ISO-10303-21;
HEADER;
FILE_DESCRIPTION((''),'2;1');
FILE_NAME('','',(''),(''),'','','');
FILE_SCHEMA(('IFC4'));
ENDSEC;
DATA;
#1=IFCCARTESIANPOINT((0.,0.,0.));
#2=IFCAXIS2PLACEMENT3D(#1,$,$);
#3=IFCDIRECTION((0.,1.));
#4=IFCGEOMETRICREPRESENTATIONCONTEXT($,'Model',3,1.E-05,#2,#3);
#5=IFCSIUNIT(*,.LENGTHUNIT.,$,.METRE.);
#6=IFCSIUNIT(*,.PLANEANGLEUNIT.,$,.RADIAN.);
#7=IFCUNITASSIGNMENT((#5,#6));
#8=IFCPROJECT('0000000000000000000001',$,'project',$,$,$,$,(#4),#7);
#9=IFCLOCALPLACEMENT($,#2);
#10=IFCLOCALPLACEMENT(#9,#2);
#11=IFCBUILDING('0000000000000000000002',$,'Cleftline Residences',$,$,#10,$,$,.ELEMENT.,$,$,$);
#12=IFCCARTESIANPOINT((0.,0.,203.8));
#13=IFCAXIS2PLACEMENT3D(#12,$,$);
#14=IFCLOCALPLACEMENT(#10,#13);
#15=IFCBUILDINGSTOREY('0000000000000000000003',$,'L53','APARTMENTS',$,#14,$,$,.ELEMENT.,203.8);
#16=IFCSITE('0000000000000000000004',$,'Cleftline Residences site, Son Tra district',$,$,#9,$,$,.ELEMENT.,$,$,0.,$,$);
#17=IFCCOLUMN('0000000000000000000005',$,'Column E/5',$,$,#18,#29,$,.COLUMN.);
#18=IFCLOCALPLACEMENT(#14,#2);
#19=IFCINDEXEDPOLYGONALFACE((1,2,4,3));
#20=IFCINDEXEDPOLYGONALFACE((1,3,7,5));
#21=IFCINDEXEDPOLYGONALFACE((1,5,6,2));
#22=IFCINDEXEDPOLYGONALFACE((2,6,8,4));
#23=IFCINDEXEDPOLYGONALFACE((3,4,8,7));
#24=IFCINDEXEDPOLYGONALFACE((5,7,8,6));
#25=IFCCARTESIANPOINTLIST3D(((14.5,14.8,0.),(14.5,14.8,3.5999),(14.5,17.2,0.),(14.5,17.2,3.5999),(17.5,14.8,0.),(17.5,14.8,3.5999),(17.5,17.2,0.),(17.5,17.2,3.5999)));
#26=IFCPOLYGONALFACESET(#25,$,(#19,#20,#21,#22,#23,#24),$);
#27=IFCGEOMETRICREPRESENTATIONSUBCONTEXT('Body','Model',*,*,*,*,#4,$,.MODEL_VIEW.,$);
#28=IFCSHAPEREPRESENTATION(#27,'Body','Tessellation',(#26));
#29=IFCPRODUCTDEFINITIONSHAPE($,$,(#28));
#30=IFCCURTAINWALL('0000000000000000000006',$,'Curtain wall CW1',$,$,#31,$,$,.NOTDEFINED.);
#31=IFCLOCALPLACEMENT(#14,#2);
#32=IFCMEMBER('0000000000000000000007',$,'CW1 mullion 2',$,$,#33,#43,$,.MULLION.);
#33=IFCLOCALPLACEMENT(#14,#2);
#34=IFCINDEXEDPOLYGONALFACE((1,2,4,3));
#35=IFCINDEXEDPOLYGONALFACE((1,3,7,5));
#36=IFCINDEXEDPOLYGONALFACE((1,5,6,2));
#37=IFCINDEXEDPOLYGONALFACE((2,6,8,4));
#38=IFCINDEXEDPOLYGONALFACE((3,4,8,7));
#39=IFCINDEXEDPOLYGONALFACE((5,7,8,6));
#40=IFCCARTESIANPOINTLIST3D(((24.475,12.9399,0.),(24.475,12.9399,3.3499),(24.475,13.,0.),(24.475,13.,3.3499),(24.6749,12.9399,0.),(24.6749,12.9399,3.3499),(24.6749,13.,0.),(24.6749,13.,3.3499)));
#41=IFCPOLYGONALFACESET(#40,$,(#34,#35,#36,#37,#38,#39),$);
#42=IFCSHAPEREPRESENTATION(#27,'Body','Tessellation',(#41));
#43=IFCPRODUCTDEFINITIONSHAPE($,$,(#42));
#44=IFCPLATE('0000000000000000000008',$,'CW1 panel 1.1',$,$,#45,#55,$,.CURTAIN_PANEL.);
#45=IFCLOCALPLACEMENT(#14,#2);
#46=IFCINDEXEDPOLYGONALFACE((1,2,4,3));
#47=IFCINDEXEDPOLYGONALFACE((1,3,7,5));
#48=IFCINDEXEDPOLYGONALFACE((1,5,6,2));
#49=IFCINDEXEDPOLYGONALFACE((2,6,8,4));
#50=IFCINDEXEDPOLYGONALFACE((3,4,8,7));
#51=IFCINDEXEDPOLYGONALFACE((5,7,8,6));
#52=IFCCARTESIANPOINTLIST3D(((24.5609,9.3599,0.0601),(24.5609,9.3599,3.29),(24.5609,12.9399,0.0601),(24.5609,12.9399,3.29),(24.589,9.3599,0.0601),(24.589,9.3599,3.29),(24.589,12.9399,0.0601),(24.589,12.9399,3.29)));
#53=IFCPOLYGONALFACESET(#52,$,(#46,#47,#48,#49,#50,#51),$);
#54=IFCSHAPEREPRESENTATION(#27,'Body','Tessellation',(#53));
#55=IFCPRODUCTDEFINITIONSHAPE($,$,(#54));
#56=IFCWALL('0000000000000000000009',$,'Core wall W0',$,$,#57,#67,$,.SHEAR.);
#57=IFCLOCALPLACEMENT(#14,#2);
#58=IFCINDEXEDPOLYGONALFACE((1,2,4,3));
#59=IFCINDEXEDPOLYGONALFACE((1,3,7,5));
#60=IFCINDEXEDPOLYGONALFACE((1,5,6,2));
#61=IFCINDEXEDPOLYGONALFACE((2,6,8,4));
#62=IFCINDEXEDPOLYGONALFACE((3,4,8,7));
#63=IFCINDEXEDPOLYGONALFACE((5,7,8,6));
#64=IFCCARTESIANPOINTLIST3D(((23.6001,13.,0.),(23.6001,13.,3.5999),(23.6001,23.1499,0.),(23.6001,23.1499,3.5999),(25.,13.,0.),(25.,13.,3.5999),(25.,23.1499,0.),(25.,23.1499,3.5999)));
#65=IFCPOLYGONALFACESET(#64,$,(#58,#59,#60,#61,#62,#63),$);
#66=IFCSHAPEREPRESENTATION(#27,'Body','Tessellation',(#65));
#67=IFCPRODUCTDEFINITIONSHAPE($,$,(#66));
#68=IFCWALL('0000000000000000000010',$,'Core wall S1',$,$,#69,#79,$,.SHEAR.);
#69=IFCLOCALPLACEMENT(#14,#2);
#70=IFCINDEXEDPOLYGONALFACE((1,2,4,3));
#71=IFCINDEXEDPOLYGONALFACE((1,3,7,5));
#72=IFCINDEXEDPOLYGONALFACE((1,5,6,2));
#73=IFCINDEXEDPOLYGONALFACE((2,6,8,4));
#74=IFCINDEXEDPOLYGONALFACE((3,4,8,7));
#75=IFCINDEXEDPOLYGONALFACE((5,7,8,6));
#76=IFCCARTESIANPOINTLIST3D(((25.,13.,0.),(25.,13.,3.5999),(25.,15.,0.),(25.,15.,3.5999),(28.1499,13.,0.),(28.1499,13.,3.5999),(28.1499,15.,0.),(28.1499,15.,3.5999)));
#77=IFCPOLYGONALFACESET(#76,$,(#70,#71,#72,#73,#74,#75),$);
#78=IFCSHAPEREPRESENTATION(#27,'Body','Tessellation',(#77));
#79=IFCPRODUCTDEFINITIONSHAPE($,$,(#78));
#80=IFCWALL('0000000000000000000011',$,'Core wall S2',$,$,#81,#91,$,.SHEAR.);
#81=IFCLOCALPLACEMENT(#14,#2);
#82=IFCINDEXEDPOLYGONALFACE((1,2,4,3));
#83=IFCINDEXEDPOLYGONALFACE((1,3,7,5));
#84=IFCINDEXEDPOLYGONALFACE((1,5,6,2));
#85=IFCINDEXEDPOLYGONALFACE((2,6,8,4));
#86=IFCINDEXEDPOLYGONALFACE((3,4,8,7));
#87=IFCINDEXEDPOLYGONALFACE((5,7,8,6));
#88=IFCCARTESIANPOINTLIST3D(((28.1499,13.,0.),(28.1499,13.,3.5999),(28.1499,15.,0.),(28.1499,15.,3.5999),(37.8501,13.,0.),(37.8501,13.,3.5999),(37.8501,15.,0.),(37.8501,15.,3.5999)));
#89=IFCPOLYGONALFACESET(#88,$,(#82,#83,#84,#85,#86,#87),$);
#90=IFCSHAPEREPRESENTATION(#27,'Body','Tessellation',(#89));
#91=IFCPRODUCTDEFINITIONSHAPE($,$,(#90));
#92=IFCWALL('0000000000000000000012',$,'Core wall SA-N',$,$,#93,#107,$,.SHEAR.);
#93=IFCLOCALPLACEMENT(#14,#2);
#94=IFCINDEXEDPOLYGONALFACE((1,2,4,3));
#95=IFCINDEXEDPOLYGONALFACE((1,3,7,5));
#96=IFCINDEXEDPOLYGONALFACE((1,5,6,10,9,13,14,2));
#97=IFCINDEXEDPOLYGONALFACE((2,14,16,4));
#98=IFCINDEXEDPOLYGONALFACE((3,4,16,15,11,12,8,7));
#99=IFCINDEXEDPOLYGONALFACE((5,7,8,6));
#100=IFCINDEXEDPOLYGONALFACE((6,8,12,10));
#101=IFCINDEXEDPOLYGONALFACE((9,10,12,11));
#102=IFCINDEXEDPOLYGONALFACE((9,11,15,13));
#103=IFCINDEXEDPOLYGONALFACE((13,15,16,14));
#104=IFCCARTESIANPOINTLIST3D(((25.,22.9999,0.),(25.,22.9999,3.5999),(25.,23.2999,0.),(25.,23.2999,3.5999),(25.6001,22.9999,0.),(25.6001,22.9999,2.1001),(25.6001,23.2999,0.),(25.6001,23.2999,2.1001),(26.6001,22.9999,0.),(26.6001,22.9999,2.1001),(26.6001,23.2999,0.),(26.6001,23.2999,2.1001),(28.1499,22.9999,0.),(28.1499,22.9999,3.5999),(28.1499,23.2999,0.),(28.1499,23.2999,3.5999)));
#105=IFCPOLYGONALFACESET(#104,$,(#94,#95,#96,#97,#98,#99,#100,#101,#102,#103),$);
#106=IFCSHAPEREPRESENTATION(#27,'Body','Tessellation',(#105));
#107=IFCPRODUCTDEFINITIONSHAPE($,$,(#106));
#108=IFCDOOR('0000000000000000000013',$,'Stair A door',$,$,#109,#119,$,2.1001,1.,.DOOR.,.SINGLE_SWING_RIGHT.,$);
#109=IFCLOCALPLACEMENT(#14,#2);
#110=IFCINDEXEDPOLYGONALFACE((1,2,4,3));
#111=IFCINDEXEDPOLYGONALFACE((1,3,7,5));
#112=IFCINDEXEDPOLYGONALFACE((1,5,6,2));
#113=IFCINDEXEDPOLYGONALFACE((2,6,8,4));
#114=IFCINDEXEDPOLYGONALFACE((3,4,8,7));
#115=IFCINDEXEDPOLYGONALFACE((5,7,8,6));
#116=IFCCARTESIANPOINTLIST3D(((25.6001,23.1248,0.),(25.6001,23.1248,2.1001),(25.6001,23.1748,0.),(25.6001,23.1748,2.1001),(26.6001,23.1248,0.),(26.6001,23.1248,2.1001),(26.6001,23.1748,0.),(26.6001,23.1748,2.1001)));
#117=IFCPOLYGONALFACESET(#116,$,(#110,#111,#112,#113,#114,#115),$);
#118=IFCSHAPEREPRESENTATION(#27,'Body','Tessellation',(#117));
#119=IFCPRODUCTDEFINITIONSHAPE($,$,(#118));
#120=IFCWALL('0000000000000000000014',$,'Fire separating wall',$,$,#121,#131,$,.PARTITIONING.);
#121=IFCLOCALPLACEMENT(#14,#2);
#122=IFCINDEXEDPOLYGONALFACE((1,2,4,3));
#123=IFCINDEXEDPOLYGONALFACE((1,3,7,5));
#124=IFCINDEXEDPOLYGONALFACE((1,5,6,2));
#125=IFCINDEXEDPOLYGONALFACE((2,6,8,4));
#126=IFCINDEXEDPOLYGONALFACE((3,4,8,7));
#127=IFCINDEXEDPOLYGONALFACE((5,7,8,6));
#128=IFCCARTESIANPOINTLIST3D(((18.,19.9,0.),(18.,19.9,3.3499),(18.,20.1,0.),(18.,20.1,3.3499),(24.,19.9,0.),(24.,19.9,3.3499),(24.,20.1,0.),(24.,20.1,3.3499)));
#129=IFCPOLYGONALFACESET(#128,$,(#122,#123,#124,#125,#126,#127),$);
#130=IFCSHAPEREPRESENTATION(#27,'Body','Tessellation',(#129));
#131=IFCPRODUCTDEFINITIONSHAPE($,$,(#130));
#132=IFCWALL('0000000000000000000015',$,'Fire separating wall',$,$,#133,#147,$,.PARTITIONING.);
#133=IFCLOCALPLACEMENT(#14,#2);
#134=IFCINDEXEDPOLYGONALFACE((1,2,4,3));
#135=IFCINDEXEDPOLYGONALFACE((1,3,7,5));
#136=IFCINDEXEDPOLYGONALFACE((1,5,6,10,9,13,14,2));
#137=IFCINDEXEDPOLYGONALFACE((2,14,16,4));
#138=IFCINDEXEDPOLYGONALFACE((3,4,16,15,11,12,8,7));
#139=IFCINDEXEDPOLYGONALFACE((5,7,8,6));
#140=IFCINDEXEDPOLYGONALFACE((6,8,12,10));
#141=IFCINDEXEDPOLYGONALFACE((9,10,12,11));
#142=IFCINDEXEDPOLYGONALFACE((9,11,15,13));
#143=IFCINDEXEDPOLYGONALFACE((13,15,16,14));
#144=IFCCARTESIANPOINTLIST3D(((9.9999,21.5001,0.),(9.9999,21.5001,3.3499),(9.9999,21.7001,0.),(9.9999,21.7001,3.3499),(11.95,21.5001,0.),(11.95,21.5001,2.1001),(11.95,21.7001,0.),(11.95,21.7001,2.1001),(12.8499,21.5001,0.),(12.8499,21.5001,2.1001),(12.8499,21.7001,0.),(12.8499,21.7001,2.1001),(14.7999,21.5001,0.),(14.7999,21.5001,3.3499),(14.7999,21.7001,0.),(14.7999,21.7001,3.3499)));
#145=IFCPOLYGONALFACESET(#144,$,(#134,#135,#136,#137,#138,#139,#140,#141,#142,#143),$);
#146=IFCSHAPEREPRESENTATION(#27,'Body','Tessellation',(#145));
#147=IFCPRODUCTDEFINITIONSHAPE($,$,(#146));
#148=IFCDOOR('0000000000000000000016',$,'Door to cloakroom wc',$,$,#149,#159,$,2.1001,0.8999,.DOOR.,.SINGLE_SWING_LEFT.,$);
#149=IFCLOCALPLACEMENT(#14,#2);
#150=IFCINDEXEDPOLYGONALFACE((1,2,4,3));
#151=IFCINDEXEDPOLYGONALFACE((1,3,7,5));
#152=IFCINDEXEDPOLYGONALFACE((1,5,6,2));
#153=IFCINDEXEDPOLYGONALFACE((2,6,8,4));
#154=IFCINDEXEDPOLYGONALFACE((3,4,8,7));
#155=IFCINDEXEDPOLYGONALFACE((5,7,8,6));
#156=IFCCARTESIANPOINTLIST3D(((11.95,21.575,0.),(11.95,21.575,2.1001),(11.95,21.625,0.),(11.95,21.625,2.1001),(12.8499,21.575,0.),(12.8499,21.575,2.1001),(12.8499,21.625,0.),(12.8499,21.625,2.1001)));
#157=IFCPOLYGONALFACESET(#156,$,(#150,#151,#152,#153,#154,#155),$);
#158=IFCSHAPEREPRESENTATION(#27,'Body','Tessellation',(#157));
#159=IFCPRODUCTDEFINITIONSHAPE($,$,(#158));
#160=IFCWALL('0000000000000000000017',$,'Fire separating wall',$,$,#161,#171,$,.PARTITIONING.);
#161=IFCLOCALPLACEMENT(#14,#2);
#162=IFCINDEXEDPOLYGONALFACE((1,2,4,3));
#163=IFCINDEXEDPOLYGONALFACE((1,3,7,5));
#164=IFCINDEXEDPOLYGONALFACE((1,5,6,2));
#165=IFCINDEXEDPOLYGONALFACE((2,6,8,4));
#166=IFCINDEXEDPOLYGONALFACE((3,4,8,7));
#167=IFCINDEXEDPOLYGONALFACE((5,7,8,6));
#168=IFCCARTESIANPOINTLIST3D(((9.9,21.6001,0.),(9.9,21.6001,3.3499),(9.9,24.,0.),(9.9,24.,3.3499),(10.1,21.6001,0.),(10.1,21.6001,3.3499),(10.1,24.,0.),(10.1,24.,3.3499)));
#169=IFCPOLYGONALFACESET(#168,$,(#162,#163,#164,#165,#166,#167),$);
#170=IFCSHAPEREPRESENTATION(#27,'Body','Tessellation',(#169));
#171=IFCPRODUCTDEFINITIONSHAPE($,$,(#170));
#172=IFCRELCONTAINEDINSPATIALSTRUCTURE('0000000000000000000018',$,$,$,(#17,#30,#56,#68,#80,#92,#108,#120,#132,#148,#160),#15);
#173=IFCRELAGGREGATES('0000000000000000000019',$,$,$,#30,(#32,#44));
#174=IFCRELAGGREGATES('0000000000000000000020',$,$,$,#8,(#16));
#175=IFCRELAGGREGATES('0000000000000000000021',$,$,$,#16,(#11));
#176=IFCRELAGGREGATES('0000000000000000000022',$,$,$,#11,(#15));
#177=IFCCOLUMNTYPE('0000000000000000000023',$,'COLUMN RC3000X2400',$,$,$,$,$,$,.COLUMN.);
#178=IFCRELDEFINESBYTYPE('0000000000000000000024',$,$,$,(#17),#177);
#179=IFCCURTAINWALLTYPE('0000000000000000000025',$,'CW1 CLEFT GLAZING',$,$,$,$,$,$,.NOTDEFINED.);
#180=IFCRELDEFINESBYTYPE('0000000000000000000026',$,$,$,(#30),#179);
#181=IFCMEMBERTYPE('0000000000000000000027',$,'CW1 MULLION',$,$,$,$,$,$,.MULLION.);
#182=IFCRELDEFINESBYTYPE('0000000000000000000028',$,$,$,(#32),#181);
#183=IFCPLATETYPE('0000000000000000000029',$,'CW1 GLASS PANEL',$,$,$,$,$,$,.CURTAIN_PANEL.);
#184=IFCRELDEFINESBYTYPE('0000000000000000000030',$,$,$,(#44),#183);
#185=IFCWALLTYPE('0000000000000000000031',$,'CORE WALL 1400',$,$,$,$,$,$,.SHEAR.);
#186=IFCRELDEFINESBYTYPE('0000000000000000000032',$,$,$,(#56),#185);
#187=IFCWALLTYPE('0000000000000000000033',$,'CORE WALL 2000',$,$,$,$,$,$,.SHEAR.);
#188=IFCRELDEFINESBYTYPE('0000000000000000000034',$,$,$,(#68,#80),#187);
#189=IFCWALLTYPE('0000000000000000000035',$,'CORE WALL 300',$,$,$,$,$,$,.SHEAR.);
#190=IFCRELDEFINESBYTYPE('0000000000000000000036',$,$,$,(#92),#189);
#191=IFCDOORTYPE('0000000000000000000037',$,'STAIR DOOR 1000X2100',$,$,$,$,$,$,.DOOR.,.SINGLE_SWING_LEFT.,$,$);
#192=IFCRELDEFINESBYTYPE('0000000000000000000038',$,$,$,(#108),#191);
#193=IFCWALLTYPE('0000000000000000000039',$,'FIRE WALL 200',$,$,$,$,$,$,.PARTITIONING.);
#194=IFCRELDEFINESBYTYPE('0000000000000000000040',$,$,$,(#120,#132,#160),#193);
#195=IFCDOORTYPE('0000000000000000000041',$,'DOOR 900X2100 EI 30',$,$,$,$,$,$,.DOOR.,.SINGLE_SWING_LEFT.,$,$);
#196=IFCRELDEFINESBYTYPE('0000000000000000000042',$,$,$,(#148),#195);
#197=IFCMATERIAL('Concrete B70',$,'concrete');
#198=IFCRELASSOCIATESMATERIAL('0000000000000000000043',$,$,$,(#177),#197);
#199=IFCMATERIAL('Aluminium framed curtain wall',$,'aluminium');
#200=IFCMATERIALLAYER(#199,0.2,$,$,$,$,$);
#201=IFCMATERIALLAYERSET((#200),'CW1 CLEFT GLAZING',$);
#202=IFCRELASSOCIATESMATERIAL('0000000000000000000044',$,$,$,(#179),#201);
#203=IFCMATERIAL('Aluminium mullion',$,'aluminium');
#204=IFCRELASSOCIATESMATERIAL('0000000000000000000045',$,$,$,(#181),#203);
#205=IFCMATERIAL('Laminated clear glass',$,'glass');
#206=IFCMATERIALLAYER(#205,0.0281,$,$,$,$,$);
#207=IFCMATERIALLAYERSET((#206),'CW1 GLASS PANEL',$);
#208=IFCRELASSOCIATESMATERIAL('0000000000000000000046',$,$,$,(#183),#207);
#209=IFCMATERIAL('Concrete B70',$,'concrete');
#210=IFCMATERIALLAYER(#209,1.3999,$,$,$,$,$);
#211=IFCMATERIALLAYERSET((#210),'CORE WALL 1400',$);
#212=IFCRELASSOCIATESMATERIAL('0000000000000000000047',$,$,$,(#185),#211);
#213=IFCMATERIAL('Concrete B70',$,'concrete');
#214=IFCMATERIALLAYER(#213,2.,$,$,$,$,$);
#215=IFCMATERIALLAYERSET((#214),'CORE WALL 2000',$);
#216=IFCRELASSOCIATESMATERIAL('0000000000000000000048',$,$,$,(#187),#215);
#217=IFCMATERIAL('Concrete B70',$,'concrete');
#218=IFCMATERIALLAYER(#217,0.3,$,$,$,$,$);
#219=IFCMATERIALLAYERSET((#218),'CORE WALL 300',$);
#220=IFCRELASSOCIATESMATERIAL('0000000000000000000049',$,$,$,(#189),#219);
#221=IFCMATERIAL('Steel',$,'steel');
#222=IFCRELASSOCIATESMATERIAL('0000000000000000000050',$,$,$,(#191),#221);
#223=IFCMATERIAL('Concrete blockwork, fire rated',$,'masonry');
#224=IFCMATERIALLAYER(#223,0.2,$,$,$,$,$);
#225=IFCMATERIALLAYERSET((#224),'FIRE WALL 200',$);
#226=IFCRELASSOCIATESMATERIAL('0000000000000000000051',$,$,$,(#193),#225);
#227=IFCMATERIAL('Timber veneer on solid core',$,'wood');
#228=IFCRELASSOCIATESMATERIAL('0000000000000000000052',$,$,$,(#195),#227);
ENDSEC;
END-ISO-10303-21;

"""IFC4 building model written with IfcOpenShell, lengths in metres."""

from ifc_helpers import new_model, si_unit, direction, frame, frame_2d, origin, origin_2d, place, context, subcontext, project, spatial, rectangle, extrude, material, layer, layer_set, material_profile, profile_set, type_object, element, fill, aggregate, save


model = new_model("IFC4")

# Units and contexts
model_context = context("Model", 3, precision=1e-05, world=origin(), true_north=direction((0.0, 1.0)))
body_context = subcontext(model_context, "Body", "Model", "MODEL_VIEW")
ifc_project = project(units=[si_unit("LENGTHUNIT", "METRE"), si_unit("PLANEANGLEUNIT", "RADIAN")], contexts=[model_context])

# Site, building, storey
site_placement = place(None, origin())
site = spatial("IfcSite", under=ifc_project, at=site_placement, Name="Cleftline Residences site, Son Tra district", CompositionType="ELEMENT", RefElevation=0.0)
building_placement = place(site_placement, origin())
building = spatial("IfcBuilding", under=site, at=building_placement, Name="Cleftline Residences", CompositionType="ELEMENT")
storey_placement = place(building_placement, frame((0.0, 0.0, 203.8)))
storey = spatial("IfcBuildingStorey", under=building, at=storey_placement, Name="L53", Description="APARTMENTS", CompositionType="ELEMENT", Elevation=203.8)

# Column
ifc_material_1 = material(Name="Concrete B70", Category="concrete")
ifc_material_profile_1 = material_profile(ifc_material_1, rectangle(XDim=3.0, YDim=2.3999, at=origin_2d()))
ifc_profile_set_1 = profile_set([ifc_material_profile_1], Name="Concrete B70")
column_type = type_object("IfcColumnType", Name="COLUMN RC3000X2400", PredefinedType="COLUMN", material=ifc_profile_set_1)
column_placement = place(storey_placement, frame((16.0, 16.0, 0.0), z_axis=(0.0, 0.0, 1.0), x_axis=(1.0, 0.0, 0.0)))
element("IfcColumn", 1, at=column_placement, inside=storey, type_object=column_type, Name="Column E/5", PredefinedType="COLUMN", context=body_context, shape_type="SweptSolid", body=[
    extrude(rectangle(XDim=3.0, YDim=2.3999, at=origin_2d()), origin(), (0.0, 0.0, 1.0), 3.5999),
])

# Curtain wall, member, plate
ifc_material_2 = material(Name="Aluminium framed curtain wall", Category="aluminium")
ifc_layer_1 = layer(ifc_material_2, 0.2)
ifc_layer_set_1 = layer_set([ifc_layer_1], Name="CW1 CLEFT GLAZING")
curtain_wall_type = type_object("IfcCurtainWallType", Name="CW1 CLEFT GLAZING", PredefinedType="NOTDEFINED", material=ifc_layer_set_1)
curtain_wall_placement = place(storey_placement, origin())
curtain_wall = element("IfcCurtainWall", 2, at=curtain_wall_placement, inside=storey, type_object=curtain_wall_type, Name="Curtain wall CW1", PredefinedType="NOTDEFINED")
ifc_material_3 = material(Name="Aluminium mullion", Category="aluminium")
ifc_material_profile_2 = material_profile(ifc_material_3, rectangle(XDim=0.2, YDim=0.0601, at=origin_2d()))
ifc_profile_set_2 = profile_set([ifc_material_profile_2], Name="Aluminium mullion")
member_type = type_object("IfcMemberType", Name="CW1 MULLION", PredefinedType="MULLION", material=ifc_profile_set_2)
member_placement = place(storey_placement, frame((24.575, 12.97, 0.0), z_axis=(0.0, 0.0, 1.0), x_axis=(-1.0, 0.0, 0.0)))
member = element("IfcMember", 3, at=member_placement, type_object=member_type, Name="CW1 mullion 2", PredefinedType="MULLION", context=body_context, shape_type="SweptSolid", body=[
    extrude(rectangle(XDim=0.2, YDim=0.0601, at=origin_2d()), origin(), (0.0, 0.0, 1.0), 3.3499),
])
ifc_material_4 = material(Name="Laminated clear glass", Category="glass")
ifc_layer_2 = layer(ifc_material_4, 0.0281)
ifc_layer_set_2 = layer_set([ifc_layer_2], Name="CW1 GLASS PANEL")
plate_type = type_object("IfcPlateType", Name="CW1 GLASS PANEL", PredefinedType="CURTAIN_PANEL", material=ifc_layer_set_2)
plate_placement = place(storey_placement, frame((24.575, 11.1499, 0.0601), z_axis=(0.0, 0.0, 1.0), x_axis=(0.0, 1.0, 0.0)))
plate = element("IfcPlate", 4, at=plate_placement, type_object=plate_type, Name="CW1 panel 1.1", PredefinedType="CURTAIN_PANEL", context=body_context, shape_type="SweptSolid", body=[
    extrude(rectangle(XDim=3.5801, YDim=0.0281, at=origin_2d()), origin(), (0.0, 0.0, 1.0), 3.23),
])
aggregate(curtain_wall, [member, plate])

# Wall
ifc_material_5 = material(Name="Concrete B70", Category="concrete")
ifc_layer_3 = layer(ifc_material_5, 1.3999)
ifc_layer_set_3 = layer_set([ifc_layer_3], Name="CORE WALL 1400")
wall_type_1 = type_object("IfcWallType", Name="CORE WALL 1400", PredefinedType="SHEAR", material=ifc_layer_set_3)
wall_1_placement = place(storey_placement, frame((24.3, 13.0, 0.0), z_axis=(0.0, 0.0, 1.0), x_axis=(0.0, 1.0, 0.0)))
element("IfcWall", 5, at=wall_1_placement, inside=storey, type_object=wall_type_1, Name="Core wall W0", PredefinedType="SHEAR", context=body_context, shape_type="SweptSolid", body=[
    extrude(rectangle(XDim=10.1499, YDim=1.3999, at=frame_2d((5.075, 0.0))), origin(), (0.0, 0.0, 1.0), 3.5999),
])

# Walls
ifc_material_6 = material(Name="Concrete B70", Category="concrete")
ifc_layer_4 = layer(ifc_material_6, 2.0)
ifc_layer_set_4 = layer_set([ifc_layer_4], Name="CORE WALL 2000")
wall_type_2 = type_object("IfcWallType", Name="CORE WALL 2000", PredefinedType="SHEAR", material=ifc_layer_set_4)
wall_2_placement = place(storey_placement, frame((25.0, 14.0, 0.0), z_axis=(0.0, 0.0, 1.0), x_axis=(1.0, 0.0, 0.0)))
element("IfcWall", 6, at=wall_2_placement, inside=storey, type_object=wall_type_2, Name="Core wall S1", PredefinedType="SHEAR", context=body_context, shape_type="SweptSolid", body=[
    extrude(rectangle(XDim=3.1499, YDim=2.0, at=frame_2d((1.575, 0.0))), origin(), (0.0, 0.0, 1.0), 3.5999),
])
wall_3_placement = place(storey_placement, frame((28.1499, 14.0, 0.0), z_axis=(0.0, 0.0, 1.0), x_axis=(1.0, 0.0, 0.0)))
element("IfcWall", 7, at=wall_3_placement, inside=storey, type_object=wall_type_2, Name="Core wall S2", PredefinedType="SHEAR", context=body_context, shape_type="SweptSolid", body=[
    extrude(rectangle(XDim=9.7002, YDim=2.0, at=frame_2d((4.8501, 0.0))), origin(), (0.0, 0.0, 1.0), 3.5999),
])

# Wall, opening, door
ifc_material_7 = material(Name="Concrete B70", Category="concrete")
ifc_layer_5 = layer(ifc_material_7, 0.3)
ifc_layer_set_5 = layer_set([ifc_layer_5], Name="CORE WALL 300")
wall_type_3 = type_object("IfcWallType", Name="CORE WALL 300", PredefinedType="SHEAR", material=ifc_layer_set_5)
wall_4_placement = place(storey_placement, frame((25.0, 23.1499, 0.0), z_axis=(0.0, 0.0, 1.0), x_axis=(1.0, 0.0, 0.0)))
wall_4 = element("IfcWall", 8, at=wall_4_placement, inside=storey, type_object=wall_type_3, Name="Core wall SA-N", PredefinedType="SHEAR", context=body_context, shape_type="SweptSolid", body=[
    extrude(rectangle(XDim=3.1499, YDim=0.3, at=frame_2d((1.575, 0.0))), origin(), (0.0, 0.0, 1.0), 3.5999),
])
opening_1_placement = place(wall_4_placement, frame((0.6001, 0.0, 0.0)))
opening_1 = element("IfcOpeningElement", 9, at=opening_1_placement, cuts=wall_4, PredefinedType="OPENING", context=body_context, shape_type="SweptSolid", body=[
    extrude(rectangle(XDim=1.0, YDim=2.1001, at=frame_2d((0.5, 1.05))), frame((0.0, 0.1599, 0.0), z_axis=(0.0, -1.0, 0.0), x_axis=(1.0, 0.0, 0.0)), (0.0, 0.0, 1.0), 0.3201),
])
ifc_material_8 = material(Name="Steel", Category="steel")
door_type_1 = type_object("IfcDoorType", Name="STAIR DOOR 1000X2100", OperationType="SINGLE_SWING_LEFT", PredefinedType="DOOR", material=ifc_material_8)
door_1_placement = place(opening_1_placement, origin())
door_1 = element("IfcDoor", 10, at=door_1_placement, inside=storey, type_object=door_type_1, Name="Stair A door", OperationType="SINGLE_SWING_RIGHT", OverallHeight=2.1001, OverallWidth=1.0, PredefinedType="DOOR", context=body_context, shape_type="SweptSolid", body=[
    extrude(rectangle(XDim=1.0, YDim=2.1001, at=frame_2d((0.5, 1.05))), frame((0.0, 0.0249, 0.0), z_axis=(0.0, -1.0, 0.0), x_axis=(1.0, 0.0, 0.0)), (0.0, 0.0, 1.0), 0.05),
])
fill(opening_1, door_1)

# Wall
ifc_material_9 = material(Name="Concrete blockwork, fire rated", Category="masonry")
ifc_layer_6 = layer(ifc_material_9, 0.2)
ifc_layer_set_6 = layer_set([ifc_layer_6], Name="FIRE WALL 200")
wall_type_4 = type_object("IfcWallType", Name="FIRE WALL 200", PredefinedType="PARTITIONING", material=ifc_layer_set_6)
wall_5_placement = place(storey_placement, frame((18.0, 20.0, 0.0), z_axis=(0.0, 0.0, 1.0), x_axis=(1.0, 0.0, 0.0)))
element("IfcWall", 11, at=wall_5_placement, inside=storey, type_object=wall_type_4, Name="Fire separating wall", PredefinedType="PARTITIONING", context=body_context, shape_type="SweptSolid", body=[
    extrude(rectangle(XDim=6.0, YDim=0.2, at=frame_2d((3.0, 0.0))), origin(), (0.0, 0.0, 1.0), 3.3499),
])

# Wall, opening, door
wall_6_placement = place(storey_placement, frame((10.0, 21.6001, 0.0), z_axis=(0.0, 0.0, 1.0), x_axis=(1.0, 0.0, 0.0)))
wall_6 = element("IfcWall", 12, at=wall_6_placement, inside=storey, type_object=wall_type_4, Name="Fire separating wall", PredefinedType="PARTITIONING", context=body_context, shape_type="SweptSolid", body=[
    extrude(rectangle(XDim=4.8, YDim=0.2, at=frame_2d((2.3999, 0.0))), origin(), (0.0, 0.0, 1.0), 3.3499),
])
opening_2_placement = place(wall_6_placement, frame((1.95, 0.0, 0.0)))
opening_2 = element("IfcOpeningElement", 13, at=opening_2_placement, cuts=wall_6, PredefinedType="OPENING", context=body_context, shape_type="SweptSolid", body=[
    extrude(rectangle(XDim=0.8999, YDim=2.1001, at=frame_2d((0.45, 1.05))), frame((0.0, 0.1099, 0.0), z_axis=(0.0, -1.0, 0.0), x_axis=(1.0, 0.0, 0.0)), (0.0, 0.0, 1.0), 0.22),
])
ifc_material_10 = material(Name="Timber veneer on solid core", Category="wood")
door_type_2 = type_object("IfcDoorType", Name="DOOR 900X2100 EI 30", OperationType="SINGLE_SWING_LEFT", PredefinedType="DOOR", material=ifc_material_10)
door_2_placement = place(opening_2_placement, origin())
door_2 = element("IfcDoor", 14, at=door_2_placement, inside=storey, type_object=door_type_2, Name="Door to cloakroom wc", OperationType="SINGLE_SWING_LEFT", OverallHeight=2.1001, OverallWidth=0.8999, PredefinedType="DOOR", context=body_context, shape_type="SweptSolid", body=[
    extrude(rectangle(XDim=0.8999, YDim=2.1001, at=frame_2d((0.45, 1.05))), frame((0.0, 0.0249, 0.0), z_axis=(0.0, -1.0, 0.0), x_axis=(1.0, 0.0, 0.0)), (0.0, 0.0, 1.0), 0.05),
])
fill(opening_2, door_2)

# Wall
for number, where, z_axis, x_axis, name in (
    (15, (10.0, 21.6001, 0.0), (0.0, 0.0, 1.0), (0.0, 1.0, 0.0), "Fire separating wall"),
):
    element("IfcWall", number, at=place(storey_placement, frame(where, z_axis=z_axis, x_axis=x_axis)), inside=storey, type_object=wall_type_4, Name=name, PredefinedType="PARTITIONING", context=body_context, shape_type="SweptSolid", body=[
        extrude(rectangle(XDim=2.3999, YDim=0.2, at=frame_2d((1.2, 0.0))), origin(), (0.0, 0.0, 1.0), 3.3499),
    ])

save(model, "model.ifc")
